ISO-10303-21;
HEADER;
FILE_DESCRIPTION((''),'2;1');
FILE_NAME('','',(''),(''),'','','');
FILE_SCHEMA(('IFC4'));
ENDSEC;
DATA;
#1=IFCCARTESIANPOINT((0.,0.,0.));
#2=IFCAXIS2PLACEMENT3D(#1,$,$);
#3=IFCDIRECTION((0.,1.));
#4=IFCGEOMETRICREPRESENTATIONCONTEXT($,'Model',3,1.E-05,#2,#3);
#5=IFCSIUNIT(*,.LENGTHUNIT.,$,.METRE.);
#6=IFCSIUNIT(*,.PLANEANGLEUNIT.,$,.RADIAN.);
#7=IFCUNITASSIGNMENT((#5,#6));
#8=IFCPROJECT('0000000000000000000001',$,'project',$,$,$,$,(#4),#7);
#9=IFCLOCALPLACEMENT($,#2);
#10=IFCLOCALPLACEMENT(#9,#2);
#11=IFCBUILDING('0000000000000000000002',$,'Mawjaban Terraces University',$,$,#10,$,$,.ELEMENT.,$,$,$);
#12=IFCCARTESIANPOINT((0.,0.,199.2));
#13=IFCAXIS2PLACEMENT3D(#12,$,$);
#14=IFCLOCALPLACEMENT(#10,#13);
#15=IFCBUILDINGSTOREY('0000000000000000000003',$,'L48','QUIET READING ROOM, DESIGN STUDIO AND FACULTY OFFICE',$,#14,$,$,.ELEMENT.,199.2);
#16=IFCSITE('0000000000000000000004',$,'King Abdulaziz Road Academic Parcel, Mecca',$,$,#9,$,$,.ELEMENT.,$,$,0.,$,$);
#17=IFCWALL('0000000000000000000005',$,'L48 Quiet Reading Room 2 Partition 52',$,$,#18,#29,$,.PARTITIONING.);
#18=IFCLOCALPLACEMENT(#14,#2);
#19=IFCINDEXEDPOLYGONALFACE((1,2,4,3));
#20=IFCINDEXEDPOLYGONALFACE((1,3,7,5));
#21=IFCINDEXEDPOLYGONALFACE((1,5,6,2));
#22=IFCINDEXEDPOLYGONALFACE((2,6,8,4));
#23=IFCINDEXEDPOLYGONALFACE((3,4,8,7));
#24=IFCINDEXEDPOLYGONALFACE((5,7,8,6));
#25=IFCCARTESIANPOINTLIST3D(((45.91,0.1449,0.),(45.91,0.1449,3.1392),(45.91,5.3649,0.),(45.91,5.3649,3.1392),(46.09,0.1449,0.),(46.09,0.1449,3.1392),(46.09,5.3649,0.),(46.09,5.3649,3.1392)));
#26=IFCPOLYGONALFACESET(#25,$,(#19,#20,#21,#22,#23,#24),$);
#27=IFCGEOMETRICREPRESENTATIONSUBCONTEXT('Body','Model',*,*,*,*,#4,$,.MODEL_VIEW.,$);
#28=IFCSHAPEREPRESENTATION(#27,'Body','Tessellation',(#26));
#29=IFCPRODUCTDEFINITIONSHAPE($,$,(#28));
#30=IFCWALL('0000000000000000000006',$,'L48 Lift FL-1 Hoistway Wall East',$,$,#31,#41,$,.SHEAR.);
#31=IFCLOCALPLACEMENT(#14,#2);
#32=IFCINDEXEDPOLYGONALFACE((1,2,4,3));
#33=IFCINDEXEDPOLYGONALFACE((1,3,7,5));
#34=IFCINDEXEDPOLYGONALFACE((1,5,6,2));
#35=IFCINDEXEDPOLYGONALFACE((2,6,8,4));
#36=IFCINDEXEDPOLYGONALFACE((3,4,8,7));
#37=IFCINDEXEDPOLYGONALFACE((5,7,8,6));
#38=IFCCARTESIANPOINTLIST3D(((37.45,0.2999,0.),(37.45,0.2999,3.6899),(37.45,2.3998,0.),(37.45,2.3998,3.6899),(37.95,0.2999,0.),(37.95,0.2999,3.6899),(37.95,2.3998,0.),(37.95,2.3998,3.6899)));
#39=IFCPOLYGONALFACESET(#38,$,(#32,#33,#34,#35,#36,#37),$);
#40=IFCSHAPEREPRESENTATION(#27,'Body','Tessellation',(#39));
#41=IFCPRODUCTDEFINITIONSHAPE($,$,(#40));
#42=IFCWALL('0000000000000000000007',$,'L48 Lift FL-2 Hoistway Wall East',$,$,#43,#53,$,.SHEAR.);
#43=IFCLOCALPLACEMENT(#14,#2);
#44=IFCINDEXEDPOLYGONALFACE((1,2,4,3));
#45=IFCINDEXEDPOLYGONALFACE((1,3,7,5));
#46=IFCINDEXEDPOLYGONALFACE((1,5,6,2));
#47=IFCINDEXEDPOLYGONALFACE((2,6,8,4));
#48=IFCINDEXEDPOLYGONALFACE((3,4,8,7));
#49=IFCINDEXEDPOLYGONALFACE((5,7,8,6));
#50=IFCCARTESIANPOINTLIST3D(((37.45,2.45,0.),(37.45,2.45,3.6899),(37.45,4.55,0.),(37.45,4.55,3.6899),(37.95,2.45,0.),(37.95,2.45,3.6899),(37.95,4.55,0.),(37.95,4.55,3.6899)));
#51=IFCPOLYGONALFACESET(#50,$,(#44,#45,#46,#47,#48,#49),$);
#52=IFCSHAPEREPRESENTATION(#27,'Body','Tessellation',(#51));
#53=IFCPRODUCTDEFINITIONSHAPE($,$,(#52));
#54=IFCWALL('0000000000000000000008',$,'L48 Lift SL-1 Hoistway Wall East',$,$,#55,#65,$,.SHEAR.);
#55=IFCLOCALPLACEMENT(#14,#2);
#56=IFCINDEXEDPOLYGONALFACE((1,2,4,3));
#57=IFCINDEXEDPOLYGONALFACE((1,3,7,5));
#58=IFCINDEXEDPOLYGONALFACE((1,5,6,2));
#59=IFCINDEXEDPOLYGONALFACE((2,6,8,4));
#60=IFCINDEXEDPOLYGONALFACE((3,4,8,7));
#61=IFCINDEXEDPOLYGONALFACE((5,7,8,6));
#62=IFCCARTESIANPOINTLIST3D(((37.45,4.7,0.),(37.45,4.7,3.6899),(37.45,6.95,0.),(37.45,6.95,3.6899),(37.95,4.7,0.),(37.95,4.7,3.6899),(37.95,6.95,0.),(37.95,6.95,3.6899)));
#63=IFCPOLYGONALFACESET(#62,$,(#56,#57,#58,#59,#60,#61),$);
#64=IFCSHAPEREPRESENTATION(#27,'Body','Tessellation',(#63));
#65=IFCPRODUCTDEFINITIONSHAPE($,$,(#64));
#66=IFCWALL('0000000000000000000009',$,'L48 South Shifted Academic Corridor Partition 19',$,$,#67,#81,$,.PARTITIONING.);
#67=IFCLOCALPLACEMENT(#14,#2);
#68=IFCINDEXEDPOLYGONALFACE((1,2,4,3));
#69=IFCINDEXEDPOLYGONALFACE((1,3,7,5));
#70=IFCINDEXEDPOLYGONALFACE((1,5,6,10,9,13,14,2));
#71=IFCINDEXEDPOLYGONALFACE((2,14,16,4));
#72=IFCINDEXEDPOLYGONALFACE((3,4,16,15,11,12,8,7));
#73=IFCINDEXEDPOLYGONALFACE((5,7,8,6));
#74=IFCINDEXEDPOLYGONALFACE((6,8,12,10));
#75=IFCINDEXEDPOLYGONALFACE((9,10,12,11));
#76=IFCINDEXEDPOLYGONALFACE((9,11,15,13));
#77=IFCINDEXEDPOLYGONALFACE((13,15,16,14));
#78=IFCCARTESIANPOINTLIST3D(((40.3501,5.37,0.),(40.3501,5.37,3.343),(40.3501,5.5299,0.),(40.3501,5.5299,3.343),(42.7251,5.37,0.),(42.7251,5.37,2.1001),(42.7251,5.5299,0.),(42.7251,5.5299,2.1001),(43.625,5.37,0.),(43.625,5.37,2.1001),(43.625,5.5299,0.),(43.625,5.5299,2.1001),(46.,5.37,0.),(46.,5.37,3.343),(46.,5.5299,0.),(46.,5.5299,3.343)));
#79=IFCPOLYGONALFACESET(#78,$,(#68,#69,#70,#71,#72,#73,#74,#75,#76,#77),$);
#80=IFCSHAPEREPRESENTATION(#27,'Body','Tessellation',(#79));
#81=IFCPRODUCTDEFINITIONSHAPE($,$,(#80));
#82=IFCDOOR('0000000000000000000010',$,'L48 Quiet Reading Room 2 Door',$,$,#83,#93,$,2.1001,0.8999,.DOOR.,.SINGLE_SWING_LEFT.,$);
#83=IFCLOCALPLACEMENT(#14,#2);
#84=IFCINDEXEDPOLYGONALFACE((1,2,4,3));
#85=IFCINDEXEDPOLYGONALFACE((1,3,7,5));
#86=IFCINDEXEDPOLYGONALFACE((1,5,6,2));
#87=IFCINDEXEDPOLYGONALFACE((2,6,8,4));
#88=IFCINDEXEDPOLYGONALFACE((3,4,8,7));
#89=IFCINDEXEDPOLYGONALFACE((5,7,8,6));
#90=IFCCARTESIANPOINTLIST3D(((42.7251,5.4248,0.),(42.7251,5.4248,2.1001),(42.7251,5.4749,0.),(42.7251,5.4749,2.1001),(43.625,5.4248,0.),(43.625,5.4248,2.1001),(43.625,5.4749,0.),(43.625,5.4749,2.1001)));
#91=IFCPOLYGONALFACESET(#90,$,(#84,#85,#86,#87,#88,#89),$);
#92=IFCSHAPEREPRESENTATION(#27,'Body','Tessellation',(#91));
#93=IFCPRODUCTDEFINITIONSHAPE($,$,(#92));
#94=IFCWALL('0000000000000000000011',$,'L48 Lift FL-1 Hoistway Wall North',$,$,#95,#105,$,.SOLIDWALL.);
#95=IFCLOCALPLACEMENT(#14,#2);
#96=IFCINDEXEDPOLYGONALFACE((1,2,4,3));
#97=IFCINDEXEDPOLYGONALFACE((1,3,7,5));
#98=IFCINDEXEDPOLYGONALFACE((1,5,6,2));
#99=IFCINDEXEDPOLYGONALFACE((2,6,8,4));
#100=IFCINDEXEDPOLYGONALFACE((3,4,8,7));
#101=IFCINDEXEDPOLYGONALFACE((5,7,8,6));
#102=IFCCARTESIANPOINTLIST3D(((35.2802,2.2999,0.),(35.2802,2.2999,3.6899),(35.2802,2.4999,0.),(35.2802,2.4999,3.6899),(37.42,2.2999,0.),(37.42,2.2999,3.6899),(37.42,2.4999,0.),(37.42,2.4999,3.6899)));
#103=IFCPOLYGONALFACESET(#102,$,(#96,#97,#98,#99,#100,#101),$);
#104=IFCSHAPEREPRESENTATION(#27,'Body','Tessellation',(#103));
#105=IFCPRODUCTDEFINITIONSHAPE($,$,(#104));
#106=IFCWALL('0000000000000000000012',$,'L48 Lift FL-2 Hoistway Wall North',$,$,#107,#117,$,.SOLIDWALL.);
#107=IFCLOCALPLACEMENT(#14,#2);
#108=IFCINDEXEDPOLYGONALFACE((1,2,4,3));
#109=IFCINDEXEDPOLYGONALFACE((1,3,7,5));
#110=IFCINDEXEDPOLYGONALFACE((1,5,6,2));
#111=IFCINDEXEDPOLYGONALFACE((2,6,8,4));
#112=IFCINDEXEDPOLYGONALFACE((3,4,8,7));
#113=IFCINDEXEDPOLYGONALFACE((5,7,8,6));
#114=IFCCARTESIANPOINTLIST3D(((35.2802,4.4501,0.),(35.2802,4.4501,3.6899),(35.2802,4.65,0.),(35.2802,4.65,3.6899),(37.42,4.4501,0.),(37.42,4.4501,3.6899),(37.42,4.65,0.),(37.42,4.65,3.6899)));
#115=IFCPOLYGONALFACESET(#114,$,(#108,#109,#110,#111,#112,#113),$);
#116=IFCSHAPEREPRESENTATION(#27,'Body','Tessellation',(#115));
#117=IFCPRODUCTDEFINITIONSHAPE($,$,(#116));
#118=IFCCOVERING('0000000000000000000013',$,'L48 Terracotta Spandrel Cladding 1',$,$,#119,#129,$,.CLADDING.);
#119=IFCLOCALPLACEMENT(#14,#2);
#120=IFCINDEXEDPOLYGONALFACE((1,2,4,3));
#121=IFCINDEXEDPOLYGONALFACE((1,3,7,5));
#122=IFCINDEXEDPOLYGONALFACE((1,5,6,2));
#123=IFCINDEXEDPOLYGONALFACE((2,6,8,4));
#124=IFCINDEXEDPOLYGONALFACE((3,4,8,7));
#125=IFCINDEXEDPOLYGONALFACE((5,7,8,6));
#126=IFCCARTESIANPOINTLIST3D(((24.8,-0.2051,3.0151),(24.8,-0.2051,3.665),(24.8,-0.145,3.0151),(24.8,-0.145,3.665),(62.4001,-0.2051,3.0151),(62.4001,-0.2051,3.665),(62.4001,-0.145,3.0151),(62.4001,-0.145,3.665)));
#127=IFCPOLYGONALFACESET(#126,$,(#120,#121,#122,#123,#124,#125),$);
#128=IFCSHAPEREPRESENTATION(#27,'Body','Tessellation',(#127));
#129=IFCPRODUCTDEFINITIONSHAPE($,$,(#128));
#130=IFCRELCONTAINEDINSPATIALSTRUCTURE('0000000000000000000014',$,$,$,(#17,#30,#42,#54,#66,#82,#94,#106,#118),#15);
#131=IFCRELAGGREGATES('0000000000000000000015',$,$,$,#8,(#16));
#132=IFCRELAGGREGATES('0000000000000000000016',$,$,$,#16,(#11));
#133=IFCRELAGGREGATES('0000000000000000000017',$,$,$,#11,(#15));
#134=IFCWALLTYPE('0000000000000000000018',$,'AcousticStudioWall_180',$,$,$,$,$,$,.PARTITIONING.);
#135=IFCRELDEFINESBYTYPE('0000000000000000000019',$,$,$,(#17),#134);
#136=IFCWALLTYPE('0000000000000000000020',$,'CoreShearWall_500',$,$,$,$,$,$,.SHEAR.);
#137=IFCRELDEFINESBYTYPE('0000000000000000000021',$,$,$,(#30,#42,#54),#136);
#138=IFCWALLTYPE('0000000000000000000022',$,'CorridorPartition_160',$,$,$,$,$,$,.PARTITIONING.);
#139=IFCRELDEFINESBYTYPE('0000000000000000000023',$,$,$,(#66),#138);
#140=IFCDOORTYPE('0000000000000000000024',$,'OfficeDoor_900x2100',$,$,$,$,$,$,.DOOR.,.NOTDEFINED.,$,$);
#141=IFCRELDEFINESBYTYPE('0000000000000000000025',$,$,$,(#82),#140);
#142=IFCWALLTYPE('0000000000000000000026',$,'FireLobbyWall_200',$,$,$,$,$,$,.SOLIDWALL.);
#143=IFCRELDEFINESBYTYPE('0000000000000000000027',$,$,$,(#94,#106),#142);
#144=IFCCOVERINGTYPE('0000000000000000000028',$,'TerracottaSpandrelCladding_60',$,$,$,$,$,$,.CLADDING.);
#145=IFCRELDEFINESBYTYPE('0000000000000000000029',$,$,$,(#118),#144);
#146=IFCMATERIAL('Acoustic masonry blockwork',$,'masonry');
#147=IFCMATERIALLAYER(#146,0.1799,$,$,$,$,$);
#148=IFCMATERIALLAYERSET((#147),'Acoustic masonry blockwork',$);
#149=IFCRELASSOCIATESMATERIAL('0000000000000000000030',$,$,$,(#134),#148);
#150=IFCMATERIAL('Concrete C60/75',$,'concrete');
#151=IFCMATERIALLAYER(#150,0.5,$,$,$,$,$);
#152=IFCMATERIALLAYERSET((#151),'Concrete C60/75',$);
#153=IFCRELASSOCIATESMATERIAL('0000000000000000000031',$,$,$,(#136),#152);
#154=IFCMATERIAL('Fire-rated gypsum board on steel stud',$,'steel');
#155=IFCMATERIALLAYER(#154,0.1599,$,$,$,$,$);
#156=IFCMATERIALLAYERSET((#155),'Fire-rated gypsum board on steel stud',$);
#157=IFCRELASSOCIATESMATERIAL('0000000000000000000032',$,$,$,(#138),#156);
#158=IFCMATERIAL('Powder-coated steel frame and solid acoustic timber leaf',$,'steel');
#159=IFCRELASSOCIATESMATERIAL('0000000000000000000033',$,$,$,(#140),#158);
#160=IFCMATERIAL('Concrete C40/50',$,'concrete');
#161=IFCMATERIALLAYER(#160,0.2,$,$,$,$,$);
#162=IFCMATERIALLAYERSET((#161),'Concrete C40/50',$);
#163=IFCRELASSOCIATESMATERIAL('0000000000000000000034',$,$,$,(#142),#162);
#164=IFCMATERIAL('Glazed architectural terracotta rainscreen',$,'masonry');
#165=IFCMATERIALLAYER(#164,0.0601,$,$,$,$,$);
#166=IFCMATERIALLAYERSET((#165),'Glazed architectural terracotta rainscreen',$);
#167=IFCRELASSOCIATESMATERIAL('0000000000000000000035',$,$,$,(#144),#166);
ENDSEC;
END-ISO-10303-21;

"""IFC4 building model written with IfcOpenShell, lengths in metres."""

from ifc_helpers import new_model, si_unit, direction, frame, frame_2d, origin, origin_2d, place, context, subcontext, project, spatial, rectangle, extrude, material, layer, layer_set, type_object, element, fill, save


model = new_model("IFC4")

# Units and contexts
model_context = context("Model", 3, precision=1e-05, world=origin(), true_north=direction((0.0, 1.0)))
body_context = subcontext(model_context, "Body", "Model", "MODEL_VIEW")
ifc_project = project(units=[si_unit("LENGTHUNIT", "METRE"), si_unit("PLANEANGLEUNIT", "RADIAN")], contexts=[model_context])

# Site, building, storey
site_placement = place(None, origin())
site = spatial("IfcSite", under=ifc_project, at=site_placement, Name="King Abdulaziz Road Academic Parcel, Mecca", CompositionType="ELEMENT", RefElevation=0.0)
building_placement = place(site_placement, origin())
building = spatial("IfcBuilding", under=site, at=building_placement, Name="Mawjaban Terraces University", CompositionType="ELEMENT")
storey_placement = place(building_placement, frame((0.0, 0.0, 199.2)))
storey = spatial("IfcBuildingStorey", under=building, at=storey_placement, Name="L48", Description="QUIET READING ROOM, DESIGN STUDIO AND FACULTY OFFICE", CompositionType="ELEMENT", Elevation=199.2)

# Shared definitions
ifc_material_1 = material(Name="Concrete C60/75", Category="concrete")

# Shared definitions
ifc_material_2 = material(Name="Acoustic masonry blockwork", Category="masonry")
ifc_layer_1 = layer(ifc_material_2, 0.1799)
ifc_layer_set_1 = layer_set([ifc_layer_1], Name="Acoustic masonry blockwork")
wall_type_1 = type_object("IfcWallType", Name="AcousticStudioWall_180", PredefinedType="PARTITIONING", material=ifc_layer_set_1)
ifc_material_3 = material(Name="Powder-coated steel frame and solid acoustic timber leaf", Category="steel")

# Walls
wall_1_placement = place(storey_placement, frame((46.0, 0.145, 0.0), z_axis=(0.0, 0.0, 1.0), x_axis=(0.0, 1.0, 0.0)))
element("IfcWall", 1, at=wall_1_placement, inside=storey, type_object=wall_type_1, Name="L48 Quiet Reading Room 2 Partition 52", PredefinedType="PARTITIONING", context=body_context, shape_type="SweptSolid", body=[
    extrude(rectangle(XDim=5.22, YDim=0.1799, at=frame_2d((2.6099, 0.0))), origin(), (0.0, 0.0, 1.0), 3.1392),
])
ifc_layer_2 = layer(ifc_material_1, 0.5)
ifc_layer_set_2 = layer_set([ifc_layer_2], Name="Concrete C60/75")
wall_type_2 = type_object("IfcWallType", Name="CoreShearWall_500", PredefinedType="SHEAR", material=ifc_layer_set_2)
wall_2_placement = place(storey_placement, frame((37.7, 0.3, 0.0), z_axis=(0.0, 0.0, 1.0), x_axis=(0.0, 1.0, 0.0)))
element("IfcWall", 2, at=wall_2_placement, inside=storey, type_object=wall_type_2, Name="L48 Lift FL-1 Hoistway Wall East", PredefinedType="SHEAR", context=body_context, shape_type="SweptSolid", body=[
    extrude(rectangle(XDim=2.0999, YDim=0.5, at=frame_2d((1.0498, 0.0))), origin(), (0.0, 0.0, 1.0), 3.6899),
])
wall_3_placement = place(storey_placement, frame((37.7, 2.45, 0.0), z_axis=(0.0, 0.0, 1.0), x_axis=(0.0, 1.0, 0.0)))
element("IfcWall", 3, at=wall_3_placement, inside=storey, type_object=wall_type_2, Name="L48 Lift FL-2 Hoistway Wall East", PredefinedType="SHEAR", context=body_context, shape_type="SweptSolid", body=[
    extrude(rectangle(XDim=2.1001, YDim=0.5, at=frame_2d((1.05, 0.0))), origin(), (0.0, 0.0, 1.0), 3.6899),
])
wall_4_placement = place(storey_placement, frame((37.7, 4.7, 0.0), z_axis=(0.0, 0.0, 1.0), x_axis=(0.0, 1.0, 0.0)))
element("IfcWall", 4, at=wall_4_placement, inside=storey, type_object=wall_type_2, Name="L48 Lift SL-1 Hoistway Wall East", PredefinedType="SHEAR", context=body_context, shape_type="SweptSolid", body=[
    extrude(rectangle(XDim=2.25, YDim=0.5, at=frame_2d((1.125, 0.0))), origin(), (0.0, 0.0, 1.0), 3.6899),
])

# Wall, opening, door
ifc_material_4 = material(Name="Fire-rated gypsum board on steel stud", Category="steel")
ifc_layer_3 = layer(ifc_material_4, 0.1599)
ifc_layer_set_3 = layer_set([ifc_layer_3], Name="Fire-rated gypsum board on steel stud")
wall_type_3 = type_object("IfcWallType", Name="CorridorPartition_160", PredefinedType="PARTITIONING", material=ifc_layer_set_3)
wall_5_placement = place(storey_placement, frame((40.3501, 5.45, 0.0), z_axis=(0.0, 0.0, 1.0), x_axis=(1.0, 0.0, 0.0)))
wall_5 = element("IfcWall", 5, at=wall_5_placement, inside=storey, type_object=wall_type_3, Name="L48 South Shifted Academic Corridor Partition 19", PredefinedType="PARTITIONING", context=body_context, shape_type="SweptSolid", body=[
    extrude(rectangle(XDim=5.6499, YDim=0.1599, at=frame_2d((2.825, 0.0))), origin(), (0.0, 0.0, 1.0), 3.343),
])
opening_1_placement = place(wall_5_placement, frame((2.375, 0.0, 0.0)))
opening_1 = element("IfcOpeningElement", 6, at=opening_1_placement, cuts=wall_5, PredefinedType="OPENING", context=body_context, shape_type="SweptSolid", body=[
    extrude(rectangle(XDim=0.8999, YDim=2.1001, at=frame_2d((0.45, 1.05))), frame((0.0, 0.0898, 0.0), z_axis=(0.0, -1.0, 0.0), x_axis=(1.0, 0.0, 0.0)), (0.0, 0.0, 1.0), 0.1799),
])
door_type_1 = type_object("IfcDoorType", Name="OfficeDoor_900x2100", OperationType="NOTDEFINED", PredefinedType="DOOR", material=ifc_material_3)
door_1_placement = place(opening_1_placement, origin())
door_1 = element("IfcDoor", 7, at=door_1_placement, inside=storey, type_object=door_type_1, Name="L48 Quiet Reading Room 2 Door", OperationType="SINGLE_SWING_LEFT", OverallHeight=2.1001, OverallWidth=0.8999, PredefinedType="DOOR", context=body_context, shape_type="SweptSolid", body=[
    extrude(rectangle(XDim=0.8999, YDim=2.1001, at=frame_2d((0.45, 1.05))), frame((0.0, 0.0249, 0.0), z_axis=(0.0, -1.0, 0.0), x_axis=(1.0, 0.0, 0.0)), (0.0, 0.0, 1.0), 0.05),
])
fill(opening_1, door_1)

# Walls
ifc_material_5 = material(Name="Concrete C40/50", Category="concrete")
ifc_layer_4 = layer(ifc_material_5, 0.2)
ifc_layer_set_4 = layer_set([ifc_layer_4], Name="Concrete C40/50")
wall_type_4 = type_object("IfcWallType", Name="FireLobbyWall_200", PredefinedType="SOLIDWALL", material=ifc_layer_set_4)
for number, where, z_axis, x_axis, name in (
    (8, (37.4199, 2.3999, 0.0), (0.0, 0.0, 1.0), (-1.0, 0.0, 0.0), "L48 Lift FL-1 Hoistway Wall North"),
    (9, (37.4199, 4.55, 0.0), (0.0, 0.0, 1.0), (-1.0, 0.0, 0.0), "L48 Lift FL-2 Hoistway Wall North"),
):
    element("IfcWall", number, at=place(storey_placement, frame(where, z_axis=z_axis, x_axis=x_axis)), inside=storey, type_object=wall_type_4, Name=name, PredefinedType="SOLIDWALL", context=body_context, shape_type="SweptSolid", body=[
        extrude(rectangle(XDim=2.1399, YDim=0.2, at=frame_2d((1.0698, 0.0))), origin(), (0.0, 0.0, 1.0), 3.6899),
    ])

# Covering
ifc_material_6 = material(Name="Glazed architectural terracotta rainscreen", Category="masonry")
ifc_layer_5 = layer(ifc_material_6, 0.0601)
ifc_layer_set_5 = layer_set([ifc_layer_5], Name="Glazed architectural terracotta rainscreen")
covering_type = type_object("IfcCoveringType", Name="TerracottaSpandrelCladding_60", PredefinedType="CLADDING", material=ifc_layer_set_5)
covering_placement = place(storey_placement, frame((43.6001, -0.175, 3.0151), z_axis=(0.0, 0.0, 1.0), x_axis=(1.0, 0.0, 0.0)))
element("IfcCovering", 10, at=covering_placement, inside=storey, type_object=covering_type, Name="L48 Terracotta Spandrel Cladding 1", PredefinedType="CLADDING", context=body_context, shape_type="SweptSolid", body=[
    extrude(rectangle(XDim=37.6001, YDim=0.0601, at=origin_2d()), origin(), (0.0, 0.0, 1.0), 0.6499),
])

save(model, "model.ifc")
